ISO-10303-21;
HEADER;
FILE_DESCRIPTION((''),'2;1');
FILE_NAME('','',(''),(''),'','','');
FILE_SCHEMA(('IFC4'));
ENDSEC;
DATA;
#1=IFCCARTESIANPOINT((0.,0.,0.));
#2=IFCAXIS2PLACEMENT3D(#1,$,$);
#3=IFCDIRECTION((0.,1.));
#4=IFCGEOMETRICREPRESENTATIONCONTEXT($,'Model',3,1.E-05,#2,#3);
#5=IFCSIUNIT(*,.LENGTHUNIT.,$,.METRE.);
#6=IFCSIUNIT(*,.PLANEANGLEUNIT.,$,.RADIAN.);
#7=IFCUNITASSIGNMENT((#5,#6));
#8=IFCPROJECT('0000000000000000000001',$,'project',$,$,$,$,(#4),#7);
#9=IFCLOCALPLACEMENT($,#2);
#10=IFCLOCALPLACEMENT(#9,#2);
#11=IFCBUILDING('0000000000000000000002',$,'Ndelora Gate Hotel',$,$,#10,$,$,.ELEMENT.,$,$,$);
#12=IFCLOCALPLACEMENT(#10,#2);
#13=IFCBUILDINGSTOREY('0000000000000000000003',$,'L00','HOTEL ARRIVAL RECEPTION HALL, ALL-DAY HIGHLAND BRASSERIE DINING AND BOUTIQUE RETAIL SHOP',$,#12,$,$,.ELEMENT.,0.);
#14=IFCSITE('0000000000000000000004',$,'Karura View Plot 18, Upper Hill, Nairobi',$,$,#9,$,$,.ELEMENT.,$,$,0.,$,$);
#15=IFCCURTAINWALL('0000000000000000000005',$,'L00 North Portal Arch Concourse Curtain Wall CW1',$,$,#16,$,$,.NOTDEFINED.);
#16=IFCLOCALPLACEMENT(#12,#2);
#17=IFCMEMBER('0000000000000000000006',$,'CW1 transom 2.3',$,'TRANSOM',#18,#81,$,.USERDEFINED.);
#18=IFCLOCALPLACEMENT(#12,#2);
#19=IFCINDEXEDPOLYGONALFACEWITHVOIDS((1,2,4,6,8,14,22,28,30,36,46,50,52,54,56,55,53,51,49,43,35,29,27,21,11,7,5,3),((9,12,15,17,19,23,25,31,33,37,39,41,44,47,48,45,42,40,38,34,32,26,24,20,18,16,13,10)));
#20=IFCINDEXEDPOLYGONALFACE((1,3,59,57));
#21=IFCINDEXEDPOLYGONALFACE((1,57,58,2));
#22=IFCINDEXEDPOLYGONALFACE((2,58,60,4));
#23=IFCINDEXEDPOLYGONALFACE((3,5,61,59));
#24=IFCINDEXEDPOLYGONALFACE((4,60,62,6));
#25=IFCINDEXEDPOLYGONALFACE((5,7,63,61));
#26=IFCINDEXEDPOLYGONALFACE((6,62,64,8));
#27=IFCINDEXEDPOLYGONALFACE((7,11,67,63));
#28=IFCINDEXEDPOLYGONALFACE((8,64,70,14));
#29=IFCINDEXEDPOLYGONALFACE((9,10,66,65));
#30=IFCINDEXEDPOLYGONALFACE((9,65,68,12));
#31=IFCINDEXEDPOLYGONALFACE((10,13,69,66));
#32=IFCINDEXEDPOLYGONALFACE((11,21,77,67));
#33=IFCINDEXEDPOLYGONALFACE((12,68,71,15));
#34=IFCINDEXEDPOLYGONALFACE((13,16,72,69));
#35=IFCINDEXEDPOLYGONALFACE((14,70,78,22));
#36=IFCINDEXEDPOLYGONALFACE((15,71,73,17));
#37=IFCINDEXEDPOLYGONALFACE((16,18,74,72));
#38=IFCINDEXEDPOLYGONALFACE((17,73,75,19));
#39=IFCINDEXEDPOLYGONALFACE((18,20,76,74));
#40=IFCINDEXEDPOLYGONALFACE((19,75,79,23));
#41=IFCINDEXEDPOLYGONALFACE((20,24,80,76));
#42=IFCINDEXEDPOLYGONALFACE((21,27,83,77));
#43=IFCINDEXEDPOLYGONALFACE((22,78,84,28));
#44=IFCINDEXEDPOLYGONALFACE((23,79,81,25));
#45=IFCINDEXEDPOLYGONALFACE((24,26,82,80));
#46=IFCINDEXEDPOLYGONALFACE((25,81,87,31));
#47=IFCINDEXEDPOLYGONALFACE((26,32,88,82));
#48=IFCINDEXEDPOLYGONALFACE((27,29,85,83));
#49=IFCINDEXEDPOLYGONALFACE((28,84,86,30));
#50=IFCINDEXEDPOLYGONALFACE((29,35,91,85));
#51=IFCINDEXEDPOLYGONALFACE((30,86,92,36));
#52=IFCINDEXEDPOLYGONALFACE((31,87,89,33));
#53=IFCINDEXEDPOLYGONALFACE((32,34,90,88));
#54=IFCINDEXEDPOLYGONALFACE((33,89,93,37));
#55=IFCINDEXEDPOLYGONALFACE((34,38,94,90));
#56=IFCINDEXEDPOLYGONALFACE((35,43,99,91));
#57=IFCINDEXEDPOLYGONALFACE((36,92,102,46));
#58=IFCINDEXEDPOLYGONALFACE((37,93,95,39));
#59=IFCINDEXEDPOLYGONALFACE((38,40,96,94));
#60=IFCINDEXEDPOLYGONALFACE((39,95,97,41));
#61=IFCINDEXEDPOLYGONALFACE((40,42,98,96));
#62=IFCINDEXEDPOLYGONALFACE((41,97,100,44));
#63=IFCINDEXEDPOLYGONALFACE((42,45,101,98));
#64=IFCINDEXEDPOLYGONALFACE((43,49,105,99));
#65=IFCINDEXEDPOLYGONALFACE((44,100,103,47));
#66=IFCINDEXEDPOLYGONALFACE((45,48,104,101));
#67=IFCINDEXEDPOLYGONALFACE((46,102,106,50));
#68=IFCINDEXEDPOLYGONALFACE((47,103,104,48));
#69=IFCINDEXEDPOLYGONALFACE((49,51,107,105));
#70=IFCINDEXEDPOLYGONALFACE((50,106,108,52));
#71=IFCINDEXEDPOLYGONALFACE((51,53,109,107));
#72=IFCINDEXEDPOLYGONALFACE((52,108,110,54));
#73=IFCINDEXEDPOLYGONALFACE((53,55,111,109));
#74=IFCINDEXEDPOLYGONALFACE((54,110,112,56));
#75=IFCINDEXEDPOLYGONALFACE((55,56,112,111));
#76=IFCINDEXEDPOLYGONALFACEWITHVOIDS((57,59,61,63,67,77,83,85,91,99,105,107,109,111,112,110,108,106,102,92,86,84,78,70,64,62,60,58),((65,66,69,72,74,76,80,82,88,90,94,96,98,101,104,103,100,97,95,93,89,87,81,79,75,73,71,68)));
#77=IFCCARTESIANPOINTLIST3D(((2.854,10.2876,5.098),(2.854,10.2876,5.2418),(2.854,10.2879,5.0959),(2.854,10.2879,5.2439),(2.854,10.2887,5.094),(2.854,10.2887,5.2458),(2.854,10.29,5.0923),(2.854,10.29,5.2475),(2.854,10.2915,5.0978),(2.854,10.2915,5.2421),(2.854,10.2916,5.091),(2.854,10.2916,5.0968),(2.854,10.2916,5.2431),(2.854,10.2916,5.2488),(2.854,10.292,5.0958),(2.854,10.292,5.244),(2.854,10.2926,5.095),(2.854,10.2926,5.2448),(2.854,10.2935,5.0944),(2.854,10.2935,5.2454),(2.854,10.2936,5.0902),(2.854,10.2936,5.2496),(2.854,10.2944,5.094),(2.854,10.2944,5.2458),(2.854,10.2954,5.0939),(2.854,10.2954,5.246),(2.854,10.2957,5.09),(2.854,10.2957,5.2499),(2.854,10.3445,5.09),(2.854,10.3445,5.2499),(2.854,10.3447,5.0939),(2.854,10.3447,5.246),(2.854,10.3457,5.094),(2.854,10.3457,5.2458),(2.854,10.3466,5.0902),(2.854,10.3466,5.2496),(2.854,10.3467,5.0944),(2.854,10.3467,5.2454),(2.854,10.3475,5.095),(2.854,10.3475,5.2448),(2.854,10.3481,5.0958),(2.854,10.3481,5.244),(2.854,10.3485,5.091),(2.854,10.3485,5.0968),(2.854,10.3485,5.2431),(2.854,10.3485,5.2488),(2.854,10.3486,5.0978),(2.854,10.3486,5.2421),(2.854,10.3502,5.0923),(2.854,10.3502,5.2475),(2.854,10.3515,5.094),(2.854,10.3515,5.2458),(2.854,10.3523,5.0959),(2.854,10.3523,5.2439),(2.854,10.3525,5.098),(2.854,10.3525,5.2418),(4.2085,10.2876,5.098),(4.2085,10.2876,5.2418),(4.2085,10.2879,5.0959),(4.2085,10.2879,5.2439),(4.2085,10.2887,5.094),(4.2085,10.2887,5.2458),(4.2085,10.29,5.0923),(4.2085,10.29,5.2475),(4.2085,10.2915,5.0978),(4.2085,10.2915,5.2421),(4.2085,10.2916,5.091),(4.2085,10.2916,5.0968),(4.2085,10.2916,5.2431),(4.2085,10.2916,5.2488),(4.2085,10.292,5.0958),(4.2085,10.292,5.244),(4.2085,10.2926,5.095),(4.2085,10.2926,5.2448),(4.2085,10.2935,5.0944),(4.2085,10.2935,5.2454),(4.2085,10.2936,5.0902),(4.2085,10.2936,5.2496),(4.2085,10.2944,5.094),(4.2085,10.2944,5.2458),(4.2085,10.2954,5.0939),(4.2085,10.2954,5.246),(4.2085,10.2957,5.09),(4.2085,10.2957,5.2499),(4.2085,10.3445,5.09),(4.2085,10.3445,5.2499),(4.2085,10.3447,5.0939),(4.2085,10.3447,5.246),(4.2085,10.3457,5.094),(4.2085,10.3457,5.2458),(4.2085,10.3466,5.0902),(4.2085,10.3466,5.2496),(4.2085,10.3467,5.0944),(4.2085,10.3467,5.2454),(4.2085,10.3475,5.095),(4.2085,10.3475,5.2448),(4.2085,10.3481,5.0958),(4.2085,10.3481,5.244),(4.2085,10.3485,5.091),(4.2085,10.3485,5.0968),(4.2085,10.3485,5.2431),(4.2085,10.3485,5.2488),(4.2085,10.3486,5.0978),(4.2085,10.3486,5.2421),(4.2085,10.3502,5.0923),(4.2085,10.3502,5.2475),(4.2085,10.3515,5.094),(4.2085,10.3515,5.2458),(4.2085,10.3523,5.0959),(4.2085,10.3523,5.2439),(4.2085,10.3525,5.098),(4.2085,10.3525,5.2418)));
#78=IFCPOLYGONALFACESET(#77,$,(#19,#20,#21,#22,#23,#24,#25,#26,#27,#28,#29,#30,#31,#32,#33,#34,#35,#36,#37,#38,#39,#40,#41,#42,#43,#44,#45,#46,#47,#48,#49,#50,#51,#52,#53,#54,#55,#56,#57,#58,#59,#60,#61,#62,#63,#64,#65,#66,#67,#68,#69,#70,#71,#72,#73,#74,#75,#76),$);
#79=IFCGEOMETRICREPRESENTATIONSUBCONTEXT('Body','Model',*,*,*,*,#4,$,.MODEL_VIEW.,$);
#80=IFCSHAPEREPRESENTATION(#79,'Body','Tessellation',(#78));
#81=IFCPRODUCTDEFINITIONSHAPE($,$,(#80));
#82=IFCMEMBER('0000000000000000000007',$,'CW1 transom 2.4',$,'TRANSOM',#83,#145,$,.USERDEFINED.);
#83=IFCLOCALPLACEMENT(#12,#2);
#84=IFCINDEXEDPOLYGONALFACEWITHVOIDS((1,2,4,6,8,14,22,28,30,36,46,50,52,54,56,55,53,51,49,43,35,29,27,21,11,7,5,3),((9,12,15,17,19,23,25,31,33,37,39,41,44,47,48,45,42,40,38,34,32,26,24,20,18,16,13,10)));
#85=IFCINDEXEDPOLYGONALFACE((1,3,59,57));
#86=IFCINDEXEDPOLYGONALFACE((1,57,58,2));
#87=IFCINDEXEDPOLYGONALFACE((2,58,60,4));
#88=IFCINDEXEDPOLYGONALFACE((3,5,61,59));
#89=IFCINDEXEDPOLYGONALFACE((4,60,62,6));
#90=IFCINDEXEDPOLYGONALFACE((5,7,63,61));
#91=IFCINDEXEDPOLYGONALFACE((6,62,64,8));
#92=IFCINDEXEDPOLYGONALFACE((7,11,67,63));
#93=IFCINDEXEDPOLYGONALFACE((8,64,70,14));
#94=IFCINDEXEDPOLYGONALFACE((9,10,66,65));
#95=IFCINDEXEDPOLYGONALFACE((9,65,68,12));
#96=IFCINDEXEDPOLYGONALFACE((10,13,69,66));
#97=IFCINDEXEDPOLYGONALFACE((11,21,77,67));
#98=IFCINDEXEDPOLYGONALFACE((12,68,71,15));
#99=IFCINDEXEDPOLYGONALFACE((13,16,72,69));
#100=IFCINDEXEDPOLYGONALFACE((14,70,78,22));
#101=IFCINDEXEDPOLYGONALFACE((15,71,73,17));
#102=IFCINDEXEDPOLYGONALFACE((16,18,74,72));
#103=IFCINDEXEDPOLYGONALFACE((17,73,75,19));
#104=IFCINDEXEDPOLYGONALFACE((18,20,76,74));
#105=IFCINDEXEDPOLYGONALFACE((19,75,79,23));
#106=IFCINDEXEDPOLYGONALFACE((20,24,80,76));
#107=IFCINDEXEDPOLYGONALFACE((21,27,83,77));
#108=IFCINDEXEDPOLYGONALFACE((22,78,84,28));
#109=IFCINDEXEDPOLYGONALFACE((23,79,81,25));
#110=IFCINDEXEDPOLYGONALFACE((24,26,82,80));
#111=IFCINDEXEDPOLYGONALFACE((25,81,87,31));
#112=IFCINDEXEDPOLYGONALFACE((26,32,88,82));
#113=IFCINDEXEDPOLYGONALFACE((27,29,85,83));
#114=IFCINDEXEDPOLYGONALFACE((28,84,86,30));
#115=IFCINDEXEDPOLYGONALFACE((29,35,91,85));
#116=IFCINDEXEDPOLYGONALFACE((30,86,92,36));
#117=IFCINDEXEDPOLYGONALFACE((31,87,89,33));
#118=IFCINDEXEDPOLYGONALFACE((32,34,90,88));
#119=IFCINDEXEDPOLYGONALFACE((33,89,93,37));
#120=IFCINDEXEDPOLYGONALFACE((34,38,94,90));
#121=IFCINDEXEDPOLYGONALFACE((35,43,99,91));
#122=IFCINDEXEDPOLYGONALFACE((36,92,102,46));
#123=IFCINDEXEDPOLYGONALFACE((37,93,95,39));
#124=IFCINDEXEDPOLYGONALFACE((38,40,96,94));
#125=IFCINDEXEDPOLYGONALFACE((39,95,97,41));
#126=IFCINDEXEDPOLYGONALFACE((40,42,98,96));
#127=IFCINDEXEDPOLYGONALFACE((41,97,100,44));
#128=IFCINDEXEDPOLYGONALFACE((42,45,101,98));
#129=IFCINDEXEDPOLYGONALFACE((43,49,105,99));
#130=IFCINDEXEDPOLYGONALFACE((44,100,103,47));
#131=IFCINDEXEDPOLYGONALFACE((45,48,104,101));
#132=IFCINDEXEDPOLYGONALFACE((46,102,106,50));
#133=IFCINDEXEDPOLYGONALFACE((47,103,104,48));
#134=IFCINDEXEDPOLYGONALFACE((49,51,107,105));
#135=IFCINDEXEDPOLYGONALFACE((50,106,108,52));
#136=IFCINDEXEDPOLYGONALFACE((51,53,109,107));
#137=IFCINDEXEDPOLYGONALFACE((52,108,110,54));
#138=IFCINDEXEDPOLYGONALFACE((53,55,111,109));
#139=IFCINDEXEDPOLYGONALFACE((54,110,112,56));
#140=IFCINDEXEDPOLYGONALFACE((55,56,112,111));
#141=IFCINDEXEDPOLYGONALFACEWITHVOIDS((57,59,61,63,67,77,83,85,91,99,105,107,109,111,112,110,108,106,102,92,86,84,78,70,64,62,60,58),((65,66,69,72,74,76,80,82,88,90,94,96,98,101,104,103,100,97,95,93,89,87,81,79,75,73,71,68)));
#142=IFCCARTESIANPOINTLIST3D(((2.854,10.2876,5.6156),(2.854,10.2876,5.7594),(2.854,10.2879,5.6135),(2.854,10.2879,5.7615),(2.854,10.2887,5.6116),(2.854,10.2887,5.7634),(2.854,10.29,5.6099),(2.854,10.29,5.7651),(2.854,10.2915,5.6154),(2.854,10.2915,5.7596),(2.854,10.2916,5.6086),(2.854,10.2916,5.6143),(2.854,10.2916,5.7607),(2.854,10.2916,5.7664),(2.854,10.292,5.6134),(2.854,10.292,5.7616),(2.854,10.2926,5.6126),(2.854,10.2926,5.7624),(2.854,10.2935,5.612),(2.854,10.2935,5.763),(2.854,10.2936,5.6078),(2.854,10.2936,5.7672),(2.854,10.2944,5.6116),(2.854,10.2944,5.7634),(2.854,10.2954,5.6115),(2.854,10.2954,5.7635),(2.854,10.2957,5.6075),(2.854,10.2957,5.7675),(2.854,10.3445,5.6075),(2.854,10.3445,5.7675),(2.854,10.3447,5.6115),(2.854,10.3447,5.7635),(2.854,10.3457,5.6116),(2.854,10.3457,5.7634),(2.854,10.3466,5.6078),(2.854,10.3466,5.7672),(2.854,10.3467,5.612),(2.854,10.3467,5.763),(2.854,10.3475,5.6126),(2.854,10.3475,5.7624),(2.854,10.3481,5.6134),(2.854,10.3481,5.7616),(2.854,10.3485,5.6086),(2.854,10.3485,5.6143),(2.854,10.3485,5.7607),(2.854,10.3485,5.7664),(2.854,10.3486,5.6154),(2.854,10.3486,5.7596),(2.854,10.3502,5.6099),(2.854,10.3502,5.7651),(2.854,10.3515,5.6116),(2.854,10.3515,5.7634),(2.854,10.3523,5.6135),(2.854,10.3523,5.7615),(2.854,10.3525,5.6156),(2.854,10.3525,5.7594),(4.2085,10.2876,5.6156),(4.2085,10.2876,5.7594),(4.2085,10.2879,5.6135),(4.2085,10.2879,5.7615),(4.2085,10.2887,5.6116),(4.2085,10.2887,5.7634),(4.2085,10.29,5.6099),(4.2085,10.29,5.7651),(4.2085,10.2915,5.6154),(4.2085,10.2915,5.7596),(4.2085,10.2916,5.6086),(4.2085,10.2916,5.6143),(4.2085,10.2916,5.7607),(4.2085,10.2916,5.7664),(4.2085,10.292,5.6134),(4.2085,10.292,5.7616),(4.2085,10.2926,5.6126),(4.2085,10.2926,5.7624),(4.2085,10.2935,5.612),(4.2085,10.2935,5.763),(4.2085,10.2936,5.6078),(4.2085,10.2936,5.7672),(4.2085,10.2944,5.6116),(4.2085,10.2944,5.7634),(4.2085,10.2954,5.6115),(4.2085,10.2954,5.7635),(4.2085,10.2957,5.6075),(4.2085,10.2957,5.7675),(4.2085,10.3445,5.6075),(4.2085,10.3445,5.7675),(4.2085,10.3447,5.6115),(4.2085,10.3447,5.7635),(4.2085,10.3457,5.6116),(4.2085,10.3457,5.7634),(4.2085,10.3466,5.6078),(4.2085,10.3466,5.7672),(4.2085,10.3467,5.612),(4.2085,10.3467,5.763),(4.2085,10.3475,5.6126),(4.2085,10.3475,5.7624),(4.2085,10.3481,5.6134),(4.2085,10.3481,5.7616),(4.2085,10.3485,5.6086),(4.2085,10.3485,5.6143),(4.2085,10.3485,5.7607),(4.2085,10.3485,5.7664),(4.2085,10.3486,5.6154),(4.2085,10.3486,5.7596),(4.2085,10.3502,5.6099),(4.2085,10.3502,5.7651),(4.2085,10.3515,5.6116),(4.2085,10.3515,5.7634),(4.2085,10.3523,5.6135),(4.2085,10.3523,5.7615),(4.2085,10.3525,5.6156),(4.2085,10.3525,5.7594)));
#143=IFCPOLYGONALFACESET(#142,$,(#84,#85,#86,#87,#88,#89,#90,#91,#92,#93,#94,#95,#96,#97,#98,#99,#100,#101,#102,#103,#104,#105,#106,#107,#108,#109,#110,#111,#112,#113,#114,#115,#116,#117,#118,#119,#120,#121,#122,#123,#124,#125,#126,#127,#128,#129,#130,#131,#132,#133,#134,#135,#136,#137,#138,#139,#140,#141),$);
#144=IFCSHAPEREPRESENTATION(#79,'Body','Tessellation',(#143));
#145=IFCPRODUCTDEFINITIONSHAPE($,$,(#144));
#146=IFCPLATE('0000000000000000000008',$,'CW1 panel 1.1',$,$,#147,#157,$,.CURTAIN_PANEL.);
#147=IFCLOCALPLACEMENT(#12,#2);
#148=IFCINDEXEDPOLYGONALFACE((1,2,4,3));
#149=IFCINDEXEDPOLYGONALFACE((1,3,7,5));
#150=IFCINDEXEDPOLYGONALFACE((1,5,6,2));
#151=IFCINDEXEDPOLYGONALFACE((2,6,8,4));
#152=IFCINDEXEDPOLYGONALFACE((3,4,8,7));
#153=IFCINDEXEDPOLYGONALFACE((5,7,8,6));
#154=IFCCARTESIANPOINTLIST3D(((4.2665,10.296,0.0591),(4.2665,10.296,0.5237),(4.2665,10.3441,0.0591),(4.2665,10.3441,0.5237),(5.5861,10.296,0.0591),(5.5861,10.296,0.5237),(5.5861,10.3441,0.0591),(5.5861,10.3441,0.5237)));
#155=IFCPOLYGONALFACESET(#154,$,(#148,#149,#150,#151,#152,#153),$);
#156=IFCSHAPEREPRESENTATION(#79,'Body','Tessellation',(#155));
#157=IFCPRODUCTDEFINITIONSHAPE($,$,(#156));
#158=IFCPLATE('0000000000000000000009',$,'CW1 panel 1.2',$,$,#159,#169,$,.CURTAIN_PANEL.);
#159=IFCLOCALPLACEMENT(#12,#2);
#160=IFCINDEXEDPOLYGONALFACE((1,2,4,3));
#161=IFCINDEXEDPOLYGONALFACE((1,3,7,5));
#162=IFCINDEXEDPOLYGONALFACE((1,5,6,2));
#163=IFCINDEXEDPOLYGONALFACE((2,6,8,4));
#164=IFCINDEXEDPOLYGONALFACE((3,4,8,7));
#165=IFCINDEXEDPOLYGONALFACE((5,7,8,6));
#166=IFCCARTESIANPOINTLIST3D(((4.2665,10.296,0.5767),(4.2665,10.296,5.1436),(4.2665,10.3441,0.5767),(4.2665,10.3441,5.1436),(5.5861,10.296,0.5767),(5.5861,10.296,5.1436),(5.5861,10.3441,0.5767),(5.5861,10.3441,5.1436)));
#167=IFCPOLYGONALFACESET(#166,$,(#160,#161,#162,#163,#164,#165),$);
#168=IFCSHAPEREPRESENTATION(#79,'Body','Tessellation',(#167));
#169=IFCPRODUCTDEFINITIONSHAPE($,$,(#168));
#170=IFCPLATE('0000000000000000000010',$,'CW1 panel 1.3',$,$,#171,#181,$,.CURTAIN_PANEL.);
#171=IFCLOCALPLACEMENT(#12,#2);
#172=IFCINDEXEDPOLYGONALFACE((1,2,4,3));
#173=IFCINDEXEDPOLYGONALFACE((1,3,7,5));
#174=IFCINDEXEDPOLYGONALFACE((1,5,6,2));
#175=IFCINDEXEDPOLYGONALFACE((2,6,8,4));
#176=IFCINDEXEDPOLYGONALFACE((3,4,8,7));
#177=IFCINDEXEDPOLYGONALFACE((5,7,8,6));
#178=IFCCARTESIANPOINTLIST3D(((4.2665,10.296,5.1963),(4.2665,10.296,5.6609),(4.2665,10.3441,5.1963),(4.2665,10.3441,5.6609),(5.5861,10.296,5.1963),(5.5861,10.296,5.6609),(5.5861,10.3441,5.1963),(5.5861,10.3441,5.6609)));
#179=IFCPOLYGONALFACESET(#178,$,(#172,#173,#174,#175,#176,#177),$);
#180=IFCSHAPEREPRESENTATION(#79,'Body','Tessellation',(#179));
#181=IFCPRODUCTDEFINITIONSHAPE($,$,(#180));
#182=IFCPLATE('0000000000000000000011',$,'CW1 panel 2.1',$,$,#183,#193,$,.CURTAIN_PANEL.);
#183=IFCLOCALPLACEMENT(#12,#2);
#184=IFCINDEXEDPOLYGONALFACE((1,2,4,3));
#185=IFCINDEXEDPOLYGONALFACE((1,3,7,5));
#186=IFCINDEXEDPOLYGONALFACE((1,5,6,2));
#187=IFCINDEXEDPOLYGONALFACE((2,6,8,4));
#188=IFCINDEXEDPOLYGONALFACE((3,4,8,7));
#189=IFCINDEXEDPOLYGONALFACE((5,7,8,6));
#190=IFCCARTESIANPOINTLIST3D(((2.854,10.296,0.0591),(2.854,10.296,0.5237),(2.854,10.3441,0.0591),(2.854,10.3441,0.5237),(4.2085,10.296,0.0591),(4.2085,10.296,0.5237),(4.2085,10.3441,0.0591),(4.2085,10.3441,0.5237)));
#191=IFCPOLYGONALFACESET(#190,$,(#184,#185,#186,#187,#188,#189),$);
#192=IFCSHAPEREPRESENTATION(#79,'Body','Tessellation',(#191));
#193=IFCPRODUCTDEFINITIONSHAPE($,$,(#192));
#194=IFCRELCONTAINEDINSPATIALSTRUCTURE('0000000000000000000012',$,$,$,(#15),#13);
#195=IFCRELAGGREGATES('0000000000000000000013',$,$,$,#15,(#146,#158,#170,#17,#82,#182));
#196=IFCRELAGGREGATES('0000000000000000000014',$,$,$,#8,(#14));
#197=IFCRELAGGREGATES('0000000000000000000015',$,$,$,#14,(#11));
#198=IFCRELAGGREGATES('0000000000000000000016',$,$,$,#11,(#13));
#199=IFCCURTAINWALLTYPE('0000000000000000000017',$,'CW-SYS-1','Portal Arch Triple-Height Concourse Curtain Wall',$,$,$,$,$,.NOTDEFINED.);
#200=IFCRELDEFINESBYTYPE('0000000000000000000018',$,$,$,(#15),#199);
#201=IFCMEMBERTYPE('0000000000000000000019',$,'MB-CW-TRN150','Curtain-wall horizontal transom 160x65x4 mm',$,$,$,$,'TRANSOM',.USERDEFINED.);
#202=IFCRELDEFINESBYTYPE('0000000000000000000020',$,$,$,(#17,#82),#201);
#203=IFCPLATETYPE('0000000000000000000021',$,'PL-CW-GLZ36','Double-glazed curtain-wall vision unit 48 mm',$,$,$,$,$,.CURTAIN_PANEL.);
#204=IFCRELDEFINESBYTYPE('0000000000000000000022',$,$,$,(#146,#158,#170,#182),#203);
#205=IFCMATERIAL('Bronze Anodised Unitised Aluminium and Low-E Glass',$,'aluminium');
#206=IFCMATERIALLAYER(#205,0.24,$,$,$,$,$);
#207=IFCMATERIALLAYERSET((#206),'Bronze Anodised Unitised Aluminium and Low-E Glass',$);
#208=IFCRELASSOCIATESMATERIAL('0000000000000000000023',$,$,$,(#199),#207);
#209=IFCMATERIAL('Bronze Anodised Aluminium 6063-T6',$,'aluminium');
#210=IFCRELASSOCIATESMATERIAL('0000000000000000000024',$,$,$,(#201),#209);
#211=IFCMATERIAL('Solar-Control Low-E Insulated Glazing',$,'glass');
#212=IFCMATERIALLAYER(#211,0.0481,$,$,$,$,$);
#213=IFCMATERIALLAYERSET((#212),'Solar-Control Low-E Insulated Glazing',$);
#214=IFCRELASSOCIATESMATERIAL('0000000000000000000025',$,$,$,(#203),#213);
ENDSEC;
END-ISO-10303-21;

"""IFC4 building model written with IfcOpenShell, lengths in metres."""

from ifc_helpers import new_model, si_unit, direction, frame, origin, origin_2d, place, context, subcontext, project, spatial, rectangle, hollow_rectangle, extrude, material, layer, layer_set, material_profile, profile_set, type_object, element, aggregate, save


model = new_model("IFC4")

# Units and contexts
model_context = context("Model", 3, precision=1e-05, world=origin(), true_north=direction((0.0, 1.0)))
body_context = subcontext(model_context, "Body", "Model", "MODEL_VIEW")
ifc_project = project(units=[si_unit("LENGTHUNIT", "METRE"), si_unit("PLANEANGLEUNIT", "RADIAN")], contexts=[model_context])

# Site, building, storey
site_placement = place(None, origin())
site = spatial("IfcSite", under=ifc_project, at=site_placement, Name="Karura View Plot 18, Upper Hill, Nairobi", CompositionType="ELEMENT", RefElevation=0.0)
building_placement = place(site_placement, origin())
building = spatial("IfcBuilding", under=site, at=building_placement, Name="Ndelora Gate Hotel", CompositionType="ELEMENT")
storey_placement = place(building_placement, origin())
storey = spatial("IfcBuildingStorey", under=building, at=storey_placement, Name="L00", Description="HOTEL ARRIVAL RECEPTION HALL, ALL-DAY HIGHLAND BRASSERIE DINING AND BOUTIQUE RETAIL SHOP", CompositionType="ELEMENT", Elevation=0.0)

# Curtain wall, members, plates
ifc_material_1 = material(Name="Bronze Anodised Unitised Aluminium and Low-E Glass", Category="aluminium")
ifc_layer_1 = layer(ifc_material_1, 0.24)
ifc_layer_set_1 = layer_set([ifc_layer_1], Name="Bronze Anodised Unitised Aluminium and Low-E Glass")
curtain_wall_type = type_object("IfcCurtainWallType", Name="CW-SYS-1", Description="Portal Arch Triple-Height Concourse Curtain Wall", PredefinedType="NOTDEFINED", material=ifc_layer_set_1)
curtain_wall_placement = place(storey_placement, origin())
curtain_wall = element("IfcCurtainWall", 1, at=curtain_wall_placement, inside=storey, type_object=curtain_wall_type, Name="L00 North Portal Arch Concourse Curtain Wall CW1", PredefinedType="NOTDEFINED")
ifc_material_2 = material(Name="Bronze Anodised Aluminium 6063-T6", Category="aluminium")
ifc_material_profile_1 = material_profile(ifc_material_2, hollow_rectangle(XDim=0.0649, YDim=0.1599, WallThickness=0.0039, InnerFilletRadius=0.0039, OuterFilletRadius=0.0081, at=origin_2d()), Name="ALU 160x65x4")
ifc_profile_set_1 = profile_set([ifc_material_profile_1], Name="Bronze Anodised Aluminium 6063-T6")
member_type_1 = type_object("IfcMemberType", Name="MB-CW-TRN150", Description="Curtain-wall horizontal transom 160x65x4 mm", ElementType="TRANSOM", PredefinedType="USERDEFINED", material=ifc_profile_set_1)
member_1_placement = place(storey_placement, frame((4.2085, 10.3201, 5.1699), z_axis=(-1.0, 0.0, 0.0), x_axis=(0.0, -1.0, 0.0)))
member_1 = element("IfcMember", 2, at=member_1_placement, type_object=member_type_1, Name="CW1 transom 2.3", ObjectType="TRANSOM", PredefinedType="USERDEFINED", context=body_context, shape_type="SweptSolid", body=[
    extrude(hollow_rectangle(XDim=0.0649, YDim=0.1599, WallThickness=0.0039, InnerFilletRadius=0.0039, OuterFilletRadius=0.0081, at=origin_2d()), origin(), (0.0, 0.0, 1.0), 1.3545),
])
member_2_placement = place(storey_placement, frame((4.2085, 10.3201, 5.6875), z_axis=(-1.0, 0.0, 0.0), x_axis=(0.0, -1.0, 0.0)))
member_2 = element("IfcMember", 3, at=member_2_placement, type_object=member_type_1, Name="CW1 transom 2.4", ObjectType="TRANSOM", PredefinedType="USERDEFINED", context=body_context, shape_type="SweptSolid", body=[
    extrude(hollow_rectangle(XDim=0.0649, YDim=0.1599, WallThickness=0.0039, InnerFilletRadius=0.0039, OuterFilletRadius=0.0081, at=origin_2d()), origin(), (0.0, 0.0, 1.0), 1.3545),
])
ifc_material_3 = material(Name="Solar-Control Low-E Insulated Glazing", Category="glass")
ifc_layer_2 = layer(ifc_material_3, 0.0481)
ifc_layer_set_2 = layer_set([ifc_layer_2], Name="Solar-Control Low-E Insulated Glazing")
plate_type = type_object("IfcPlateType", Name="PL-CW-GLZ36", Description="Double-glazed curtain-wall vision unit 48 mm", PredefinedType="CURTAIN_PANEL", material=ifc_layer_set_2)
plate_1_placement = place(storey_placement, frame((4.9263, 10.3201, 0.0591), z_axis=(0.0, 0.0, 1.0), x_axis=(-1.0, 0.0, 0.0)))
plate_1 = element("IfcPlate", 4, at=plate_1_placement, type_object=plate_type, Name="CW1 panel 1.1", PredefinedType="CURTAIN_PANEL", context=body_context, shape_type="SweptSolid", body=[
    extrude(rectangle(XDim=1.3196, YDim=0.0481, at=origin_2d()), origin(), (0.0, 0.0, 1.0), 0.4646),
])
plate_2_placement = place(storey_placement, frame((4.9263, 10.3201, 0.5767), z_axis=(0.0, 0.0, 1.0), x_axis=(-1.0, 0.0, 0.0)))
plate_2 = element("IfcPlate", 5, at=plate_2_placement, type_object=plate_type, Name="CW1 panel 1.2", PredefinedType="CURTAIN_PANEL", context=body_context, shape_type="SweptSolid", body=[
    extrude(rectangle(XDim=1.3196, YDim=0.0481, at=origin_2d()), origin(), (0.0, 0.0, 1.0), 4.5669),
])
plate_3_placement = place(storey_placement, frame((4.9263, 10.3201, 5.1963), z_axis=(0.0, 0.0, 1.0), x_axis=(-1.0, 0.0, 0.0)))
plate_3 = element("IfcPlate", 6, at=plate_3_placement, type_object=plate_type, Name="CW1 panel 1.3", PredefinedType="CURTAIN_PANEL", context=body_context, shape_type="SweptSolid", body=[
    extrude(rectangle(XDim=1.3196, YDim=0.0481, at=origin_2d()), origin(), (0.0, 0.0, 1.0), 0.4646),
])
plate_4_placement = place(storey_placement, frame((3.5312, 10.3201, 0.0591), z_axis=(0.0, 0.0, 1.0), x_axis=(-1.0, 0.0, 0.0)))
plate_4 = element("IfcPlate", 7, at=plate_4_placement, type_object=plate_type, Name="CW1 panel 2.1", PredefinedType="CURTAIN_PANEL", context=body_context, shape_type="SweptSolid", body=[
    extrude(rectangle(XDim=1.3545, YDim=0.0481, at=origin_2d()), origin(), (0.0, 0.0, 1.0), 0.4646),
])
aggregate(curtain_wall, [plate_1, plate_2, plate_3, member_1, member_2, plate_4])

save(model, "model.ifc")
